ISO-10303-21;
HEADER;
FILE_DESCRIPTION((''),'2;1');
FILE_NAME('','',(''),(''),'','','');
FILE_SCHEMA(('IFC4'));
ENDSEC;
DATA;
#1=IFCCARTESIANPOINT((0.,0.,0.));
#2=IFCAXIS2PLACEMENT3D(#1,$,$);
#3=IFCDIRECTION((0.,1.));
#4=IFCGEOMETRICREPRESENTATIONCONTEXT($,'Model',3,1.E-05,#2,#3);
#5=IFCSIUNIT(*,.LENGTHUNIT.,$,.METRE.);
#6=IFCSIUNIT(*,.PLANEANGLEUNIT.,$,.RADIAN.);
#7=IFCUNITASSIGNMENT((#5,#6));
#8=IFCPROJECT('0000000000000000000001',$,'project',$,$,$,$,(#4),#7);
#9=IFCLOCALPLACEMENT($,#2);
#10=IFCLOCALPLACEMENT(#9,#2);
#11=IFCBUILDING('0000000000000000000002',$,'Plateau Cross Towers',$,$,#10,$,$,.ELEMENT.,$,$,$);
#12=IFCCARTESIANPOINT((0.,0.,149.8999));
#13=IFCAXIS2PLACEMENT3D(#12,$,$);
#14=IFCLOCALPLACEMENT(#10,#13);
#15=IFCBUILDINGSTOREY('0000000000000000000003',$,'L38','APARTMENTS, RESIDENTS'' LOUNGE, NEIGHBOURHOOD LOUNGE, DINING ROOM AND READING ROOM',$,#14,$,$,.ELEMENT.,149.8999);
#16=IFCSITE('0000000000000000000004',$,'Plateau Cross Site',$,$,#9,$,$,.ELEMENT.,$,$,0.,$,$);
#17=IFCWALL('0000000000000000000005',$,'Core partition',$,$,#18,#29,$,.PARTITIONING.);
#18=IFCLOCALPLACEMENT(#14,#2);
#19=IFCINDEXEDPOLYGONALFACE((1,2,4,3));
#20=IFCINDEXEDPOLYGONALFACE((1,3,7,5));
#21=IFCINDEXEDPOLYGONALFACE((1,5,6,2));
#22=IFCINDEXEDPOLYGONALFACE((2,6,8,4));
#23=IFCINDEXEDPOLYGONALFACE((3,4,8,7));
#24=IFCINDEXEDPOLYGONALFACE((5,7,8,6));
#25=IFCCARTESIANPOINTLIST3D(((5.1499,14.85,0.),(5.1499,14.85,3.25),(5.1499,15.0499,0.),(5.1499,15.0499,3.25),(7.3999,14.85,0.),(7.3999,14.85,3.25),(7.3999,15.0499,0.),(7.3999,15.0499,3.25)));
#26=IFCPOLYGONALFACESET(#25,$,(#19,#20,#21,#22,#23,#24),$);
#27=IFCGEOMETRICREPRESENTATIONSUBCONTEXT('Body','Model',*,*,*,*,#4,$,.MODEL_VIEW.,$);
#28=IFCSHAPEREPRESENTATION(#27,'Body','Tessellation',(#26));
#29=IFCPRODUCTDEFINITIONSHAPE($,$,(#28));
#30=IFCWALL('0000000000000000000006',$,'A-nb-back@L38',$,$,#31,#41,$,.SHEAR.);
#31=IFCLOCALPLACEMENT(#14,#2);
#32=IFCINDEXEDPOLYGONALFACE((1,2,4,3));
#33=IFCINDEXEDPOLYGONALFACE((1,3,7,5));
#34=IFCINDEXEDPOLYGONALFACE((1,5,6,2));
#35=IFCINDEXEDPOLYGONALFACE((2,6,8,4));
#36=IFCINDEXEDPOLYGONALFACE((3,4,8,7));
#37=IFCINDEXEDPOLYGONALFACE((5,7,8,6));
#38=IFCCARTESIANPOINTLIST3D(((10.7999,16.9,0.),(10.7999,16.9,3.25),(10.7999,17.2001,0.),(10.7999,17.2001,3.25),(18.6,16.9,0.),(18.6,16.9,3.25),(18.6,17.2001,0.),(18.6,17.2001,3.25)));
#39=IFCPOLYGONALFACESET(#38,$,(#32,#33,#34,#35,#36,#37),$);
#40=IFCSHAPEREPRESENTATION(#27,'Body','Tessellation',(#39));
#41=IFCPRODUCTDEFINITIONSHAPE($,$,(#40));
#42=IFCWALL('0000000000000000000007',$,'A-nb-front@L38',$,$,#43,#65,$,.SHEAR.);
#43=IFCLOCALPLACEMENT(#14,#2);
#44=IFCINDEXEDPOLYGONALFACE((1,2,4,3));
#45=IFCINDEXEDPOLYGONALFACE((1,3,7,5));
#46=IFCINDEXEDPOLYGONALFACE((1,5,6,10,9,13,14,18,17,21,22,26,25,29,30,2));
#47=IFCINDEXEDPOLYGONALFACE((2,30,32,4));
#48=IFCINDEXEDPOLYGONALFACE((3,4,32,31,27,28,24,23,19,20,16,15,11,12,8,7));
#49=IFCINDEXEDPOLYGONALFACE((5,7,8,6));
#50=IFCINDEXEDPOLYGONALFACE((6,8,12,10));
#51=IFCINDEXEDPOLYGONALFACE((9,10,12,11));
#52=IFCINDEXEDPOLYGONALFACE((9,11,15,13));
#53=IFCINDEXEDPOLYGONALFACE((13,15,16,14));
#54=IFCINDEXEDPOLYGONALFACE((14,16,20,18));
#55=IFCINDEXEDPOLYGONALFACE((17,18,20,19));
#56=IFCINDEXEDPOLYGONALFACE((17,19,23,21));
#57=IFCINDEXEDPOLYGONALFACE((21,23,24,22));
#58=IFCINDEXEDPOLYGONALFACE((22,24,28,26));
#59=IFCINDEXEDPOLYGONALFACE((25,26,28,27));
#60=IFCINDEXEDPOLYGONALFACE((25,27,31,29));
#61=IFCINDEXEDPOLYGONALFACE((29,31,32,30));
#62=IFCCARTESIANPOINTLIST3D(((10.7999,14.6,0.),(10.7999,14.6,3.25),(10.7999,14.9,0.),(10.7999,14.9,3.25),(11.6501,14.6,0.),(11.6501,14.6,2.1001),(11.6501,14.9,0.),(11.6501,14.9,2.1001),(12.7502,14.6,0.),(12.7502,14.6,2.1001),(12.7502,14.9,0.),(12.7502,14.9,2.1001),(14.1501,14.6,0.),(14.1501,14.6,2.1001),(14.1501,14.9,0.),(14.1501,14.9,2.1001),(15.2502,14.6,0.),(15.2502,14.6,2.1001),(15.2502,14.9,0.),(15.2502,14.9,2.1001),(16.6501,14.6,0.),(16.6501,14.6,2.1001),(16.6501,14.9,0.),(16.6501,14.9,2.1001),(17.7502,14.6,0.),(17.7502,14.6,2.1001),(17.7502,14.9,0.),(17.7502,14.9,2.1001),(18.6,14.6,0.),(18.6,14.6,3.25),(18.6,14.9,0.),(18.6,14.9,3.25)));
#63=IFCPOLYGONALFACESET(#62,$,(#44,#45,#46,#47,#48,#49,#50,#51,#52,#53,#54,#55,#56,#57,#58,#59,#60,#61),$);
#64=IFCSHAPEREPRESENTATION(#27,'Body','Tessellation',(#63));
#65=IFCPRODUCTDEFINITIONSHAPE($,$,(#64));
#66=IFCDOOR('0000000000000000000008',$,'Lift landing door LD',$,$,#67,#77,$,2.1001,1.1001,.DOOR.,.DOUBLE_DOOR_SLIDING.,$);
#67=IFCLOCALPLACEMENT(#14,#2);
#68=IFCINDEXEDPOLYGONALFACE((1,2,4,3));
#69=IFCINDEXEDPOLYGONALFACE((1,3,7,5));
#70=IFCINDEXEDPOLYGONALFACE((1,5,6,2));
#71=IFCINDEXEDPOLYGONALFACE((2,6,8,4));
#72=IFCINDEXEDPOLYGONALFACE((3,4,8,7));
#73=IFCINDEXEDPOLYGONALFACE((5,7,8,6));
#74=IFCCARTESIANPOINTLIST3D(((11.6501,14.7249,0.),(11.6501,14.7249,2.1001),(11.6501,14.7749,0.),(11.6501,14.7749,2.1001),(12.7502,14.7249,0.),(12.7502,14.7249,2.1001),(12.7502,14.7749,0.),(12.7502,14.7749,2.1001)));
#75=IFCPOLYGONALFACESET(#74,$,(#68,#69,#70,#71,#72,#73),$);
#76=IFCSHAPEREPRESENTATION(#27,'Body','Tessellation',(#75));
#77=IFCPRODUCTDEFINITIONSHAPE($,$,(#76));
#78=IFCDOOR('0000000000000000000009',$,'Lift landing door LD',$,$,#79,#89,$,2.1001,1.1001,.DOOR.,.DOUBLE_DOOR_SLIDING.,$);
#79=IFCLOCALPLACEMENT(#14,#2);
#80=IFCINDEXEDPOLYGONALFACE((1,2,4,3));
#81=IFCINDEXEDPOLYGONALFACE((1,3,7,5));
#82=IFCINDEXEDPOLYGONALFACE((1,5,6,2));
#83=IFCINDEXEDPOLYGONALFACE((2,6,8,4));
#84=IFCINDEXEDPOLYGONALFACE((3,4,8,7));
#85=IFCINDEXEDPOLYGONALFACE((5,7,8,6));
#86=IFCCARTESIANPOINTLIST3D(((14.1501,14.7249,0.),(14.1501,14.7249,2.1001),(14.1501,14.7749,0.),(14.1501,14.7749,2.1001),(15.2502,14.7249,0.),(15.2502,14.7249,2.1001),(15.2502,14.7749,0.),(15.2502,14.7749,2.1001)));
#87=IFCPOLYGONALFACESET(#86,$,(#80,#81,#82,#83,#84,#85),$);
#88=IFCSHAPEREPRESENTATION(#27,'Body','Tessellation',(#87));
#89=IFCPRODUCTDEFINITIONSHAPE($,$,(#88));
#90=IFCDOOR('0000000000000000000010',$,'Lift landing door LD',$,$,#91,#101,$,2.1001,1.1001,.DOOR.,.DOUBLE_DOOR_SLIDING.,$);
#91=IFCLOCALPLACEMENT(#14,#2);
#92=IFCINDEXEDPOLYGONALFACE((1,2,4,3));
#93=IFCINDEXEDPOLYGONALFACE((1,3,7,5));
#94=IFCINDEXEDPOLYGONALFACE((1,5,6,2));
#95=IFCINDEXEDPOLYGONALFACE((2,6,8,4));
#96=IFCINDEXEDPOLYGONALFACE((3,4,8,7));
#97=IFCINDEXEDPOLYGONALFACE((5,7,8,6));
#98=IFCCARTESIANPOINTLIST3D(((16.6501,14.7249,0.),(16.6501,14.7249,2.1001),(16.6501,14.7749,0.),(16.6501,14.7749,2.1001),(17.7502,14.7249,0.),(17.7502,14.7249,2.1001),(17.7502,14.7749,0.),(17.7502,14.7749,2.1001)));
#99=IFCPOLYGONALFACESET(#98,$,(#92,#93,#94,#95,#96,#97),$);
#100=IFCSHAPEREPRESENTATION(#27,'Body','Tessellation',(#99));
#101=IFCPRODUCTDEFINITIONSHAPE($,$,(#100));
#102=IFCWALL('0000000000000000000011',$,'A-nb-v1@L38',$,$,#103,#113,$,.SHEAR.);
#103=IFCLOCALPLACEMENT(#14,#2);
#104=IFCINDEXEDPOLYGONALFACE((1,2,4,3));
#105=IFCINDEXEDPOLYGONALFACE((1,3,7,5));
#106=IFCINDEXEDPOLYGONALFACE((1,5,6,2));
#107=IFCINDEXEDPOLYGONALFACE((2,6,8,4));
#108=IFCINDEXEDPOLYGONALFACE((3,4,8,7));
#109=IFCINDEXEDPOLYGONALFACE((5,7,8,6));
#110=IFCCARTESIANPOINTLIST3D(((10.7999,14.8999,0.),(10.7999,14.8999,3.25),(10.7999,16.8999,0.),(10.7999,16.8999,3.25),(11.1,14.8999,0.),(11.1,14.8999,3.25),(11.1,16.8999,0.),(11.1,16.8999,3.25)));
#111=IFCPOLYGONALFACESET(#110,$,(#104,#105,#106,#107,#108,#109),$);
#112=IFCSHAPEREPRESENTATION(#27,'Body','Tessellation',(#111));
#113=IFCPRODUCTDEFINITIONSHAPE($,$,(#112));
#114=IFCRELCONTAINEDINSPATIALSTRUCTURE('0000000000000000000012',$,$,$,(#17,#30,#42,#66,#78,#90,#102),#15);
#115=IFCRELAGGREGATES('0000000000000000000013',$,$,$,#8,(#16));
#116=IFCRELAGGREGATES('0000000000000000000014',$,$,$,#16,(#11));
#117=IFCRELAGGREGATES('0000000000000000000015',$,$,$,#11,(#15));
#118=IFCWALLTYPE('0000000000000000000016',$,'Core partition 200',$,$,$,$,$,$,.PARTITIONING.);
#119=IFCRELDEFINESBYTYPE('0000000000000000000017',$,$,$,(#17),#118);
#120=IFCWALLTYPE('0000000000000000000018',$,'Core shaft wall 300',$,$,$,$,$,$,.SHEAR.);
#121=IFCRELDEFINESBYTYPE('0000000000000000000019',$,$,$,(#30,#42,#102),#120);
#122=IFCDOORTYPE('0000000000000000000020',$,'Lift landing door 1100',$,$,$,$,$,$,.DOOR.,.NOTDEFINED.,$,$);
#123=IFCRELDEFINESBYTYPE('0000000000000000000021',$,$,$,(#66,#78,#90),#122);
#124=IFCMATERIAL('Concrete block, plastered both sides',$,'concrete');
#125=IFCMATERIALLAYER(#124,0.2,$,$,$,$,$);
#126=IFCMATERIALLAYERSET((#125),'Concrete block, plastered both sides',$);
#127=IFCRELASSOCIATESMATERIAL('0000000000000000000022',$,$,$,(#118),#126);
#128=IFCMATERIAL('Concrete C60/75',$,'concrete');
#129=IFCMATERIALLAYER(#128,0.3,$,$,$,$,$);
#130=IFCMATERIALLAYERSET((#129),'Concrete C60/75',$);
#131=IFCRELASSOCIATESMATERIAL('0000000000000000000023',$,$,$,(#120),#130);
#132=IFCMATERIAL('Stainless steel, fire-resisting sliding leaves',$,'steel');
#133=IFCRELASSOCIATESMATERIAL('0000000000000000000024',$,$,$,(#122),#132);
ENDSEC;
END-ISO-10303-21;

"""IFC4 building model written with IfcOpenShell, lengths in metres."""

from ifc_helpers import new_model, si_unit, direction, frame, frame_2d, origin, place, context, subcontext, project, spatial, rectangle, extrude, material, layer, layer_set, type_object, element, fill, save


model = new_model("IFC4")

# Units and contexts
model_context = context("Model", 3, precision=1e-05, world=origin(), true_north=direction((0.0, 1.0)))
body_context = subcontext(model_context, "Body", "Model", "MODEL_VIEW")
ifc_project = project(units=[si_unit("LENGTHUNIT", "METRE"), si_unit("PLANEANGLEUNIT", "RADIAN")], contexts=[model_context])

# Site, building, storey
site_placement = place(None, origin())
site = spatial("IfcSite", under=ifc_project, at=site_placement, Name="Plateau Cross Site", CompositionType="ELEMENT", RefElevation=0.0)
building_placement = place(site_placement, origin())
building = spatial("IfcBuilding", under=site, at=building_placement, Name="Plateau Cross Towers", CompositionType="ELEMENT")
storey_placement = place(building_placement, frame((0.0, 0.0, 149.8999)))
storey = spatial("IfcBuildingStorey", under=building, at=storey_placement, Name="L38", Description="APARTMENTS, RESIDENTS' LOUNGE, NEIGHBOURHOOD LOUNGE, DINING ROOM AND READING ROOM", CompositionType="ELEMENT", Elevation=149.8999)

# Walls
ifc_material_1 = material(Name="Concrete block, plastered both sides", Category="concrete")
ifc_layer_1 = layer(ifc_material_1, 0.2)
ifc_layer_set_1 = layer_set([ifc_layer_1], Name="Concrete block, plastered both sides")
wall_type_1 = type_object("IfcWallType", Name="Core partition 200", PredefinedType="PARTITIONING", material=ifc_layer_set_1)
wall_1_placement = place(storey_placement, frame((5.1499, 14.95, 0.0), z_axis=(0.0, 0.0, 1.0), x_axis=(1.0, 0.0, 0.0)))
element("IfcWall", 1, at=wall_1_placement, inside=storey, type_object=wall_type_1, Name="Core partition", PredefinedType="PARTITIONING", context=body_context, shape_type="SweptSolid", body=[
    extrude(rectangle(XDim=2.25, YDim=0.2, at=frame_2d((1.125, 0.0))), origin(), (0.0, 0.0, 1.0), 3.25),
])
ifc_material_2 = material(Name="Concrete C60/75", Category="concrete")
ifc_layer_2 = layer(ifc_material_2, 0.3)
ifc_layer_set_2 = layer_set([ifc_layer_2], Name="Concrete C60/75")
wall_type_2 = type_object("IfcWallType", Name="Core shaft wall 300", PredefinedType="SHEAR", material=ifc_layer_set_2)
wall_2_placement = place(storey_placement, frame((10.8, 17.05, 0.0), z_axis=(0.0, 0.0, 1.0), x_axis=(1.0, 0.0, 0.0)))
element("IfcWall", 2, at=wall_2_placement, inside=storey, type_object=wall_type_2, Name="A-nb-back@L38", PredefinedType="SHEAR", context=body_context, shape_type="SweptSolid", body=[
    extrude(rectangle(XDim=7.8, YDim=0.3, at=frame_2d((3.8999, 0.0))), origin(), (0.0, 0.0, 1.0), 3.25),
])

# Wall, openings, doors
wall_3_placement = place(storey_placement, frame((10.8, 14.75, 0.0), z_axis=(0.0, 0.0, 1.0), x_axis=(1.0, 0.0, 0.0)))
wall_3 = element("IfcWall", 3, at=wall_3_placement, inside=storey, type_object=wall_type_2, Name="A-nb-front@L38", PredefinedType="SHEAR", context=body_context, shape_type="SweptSolid", body=[
    extrude(rectangle(XDim=7.8, YDim=0.3, at=frame_2d((3.8999, 0.0))), origin(), (0.0, 0.0, 1.0), 3.25),
])
opening_1_placement = place(wall_3_placement, frame((0.8501, 0.0, 0.0)))
opening_1 = element("IfcOpeningElement", 4, at=opening_1_placement, cuts=wall_3, PredefinedType="OPENING", context=body_context, shape_type="SweptSolid", body=[
    extrude(rectangle(XDim=1.1001, YDim=2.1001, at=frame_2d((0.55, 1.05))), frame((0.0, 0.1599, 0.0), z_axis=(0.0, -1.0, 0.0), x_axis=(1.0, 0.0, 0.0)), (0.0, 0.0, 1.0), 0.3201),
])
opening_2_placement = place(wall_3_placement, frame((3.3501, 0.0, 0.0)))
opening_2 = element("IfcOpeningElement", 5, at=opening_2_placement, cuts=wall_3, PredefinedType="OPENING", context=body_context, shape_type="SweptSolid", body=[
    extrude(rectangle(XDim=1.1001, YDim=2.1001, at=frame_2d((0.55, 1.05))), frame((0.0, 0.1599, 0.0), z_axis=(0.0, -1.0, 0.0), x_axis=(1.0, 0.0, 0.0)), (0.0, 0.0, 1.0), 0.3201),
])
opening_3_placement = place(wall_3_placement, frame((5.8501, 0.0, 0.0)))
opening_3 = element("IfcOpeningElement", 6, at=opening_3_placement, cuts=wall_3, PredefinedType="OPENING", context=body_context, shape_type="SweptSolid", body=[
    extrude(rectangle(XDim=1.1001, YDim=2.1001, at=frame_2d((0.55, 1.05))), frame((0.0, 0.1599, 0.0), z_axis=(0.0, -1.0, 0.0), x_axis=(1.0, 0.0, 0.0)), (0.0, 0.0, 1.0), 0.3201),
])
ifc_material_3 = material(Name="Stainless steel, fire-resisting sliding leaves", Category="steel")
door_type_1 = type_object("IfcDoorType", Name="Lift landing door 1100", OperationType="NOTDEFINED", PredefinedType="DOOR", material=ifc_material_3)
door_1_placement = place(opening_1_placement, origin())
door_1 = element("IfcDoor", 7, at=door_1_placement, inside=storey, type_object=door_type_1, Name="Lift landing door LD", OperationType="DOUBLE_DOOR_SLIDING", OverallHeight=2.1001, OverallWidth=1.1001, PredefinedType="DOOR", context=body_context, shape_type="SweptSolid", body=[
    extrude(rectangle(XDim=1.1001, YDim=2.1001, at=frame_2d((0.55, 1.05))), frame((0.0, 0.0249, 0.0), z_axis=(0.0, -1.0, 0.0), x_axis=(1.0, 0.0, 0.0)), (0.0, 0.0, 1.0), 0.05),
])
fill(opening_1, door_1)
door_2_placement = place(opening_2_placement, origin())
door_2 = element("IfcDoor", 8, at=door_2_placement, inside=storey, type_object=door_type_1, Name="Lift landing door LD", OperationType="DOUBLE_DOOR_SLIDING", OverallHeight=2.1001, OverallWidth=1.1001, PredefinedType="DOOR", context=body_context, shape_type="SweptSolid", body=[
    extrude(rectangle(XDim=1.1001, YDim=2.1001, at=frame_2d((0.55, 1.05))), frame((0.0, 0.0249, 0.0), z_axis=(0.0, -1.0, 0.0), x_axis=(1.0, 0.0, 0.0)), (0.0, 0.0, 1.0), 0.05),
])
fill(opening_2, door_2)
door_3_placement = place(opening_3_placement, origin())
door_3 = element("IfcDoor", 9, at=door_3_placement, inside=storey, type_object=door_type_1, Name="Lift landing door LD", OperationType="DOUBLE_DOOR_SLIDING", OverallHeight=2.1001, OverallWidth=1.1001, PredefinedType="DOOR", context=body_context, shape_type="SweptSolid", body=[
    extrude(rectangle(XDim=1.1001, YDim=2.1001, at=frame_2d((0.55, 1.05))), frame((0.0, 0.0249, 0.0), z_axis=(0.0, -1.0, 0.0), x_axis=(1.0, 0.0, 0.0)), (0.0, 0.0, 1.0), 0.05),
])
fill(opening_3, door_3)

# Wall
wall_4_placement = place(storey_placement, frame((10.95, 14.8999, 0.0), z_axis=(0.0, 0.0, 1.0), x_axis=(0.0, 1.0, 0.0)))
element("IfcWall", 10, at=wall_4_placement, inside=storey, type_object=wall_type_2, Name="A-nb-v1@L38", PredefinedType="SHEAR", context=body_context, shape_type="SweptSolid", body=[
    extrude(rectangle(XDim=2.0, YDim=0.3, at=frame_2d((1.0, 0.0))), origin(), (0.0, 0.0, 1.0), 3.25),
])

save(model, "model.ifc")
